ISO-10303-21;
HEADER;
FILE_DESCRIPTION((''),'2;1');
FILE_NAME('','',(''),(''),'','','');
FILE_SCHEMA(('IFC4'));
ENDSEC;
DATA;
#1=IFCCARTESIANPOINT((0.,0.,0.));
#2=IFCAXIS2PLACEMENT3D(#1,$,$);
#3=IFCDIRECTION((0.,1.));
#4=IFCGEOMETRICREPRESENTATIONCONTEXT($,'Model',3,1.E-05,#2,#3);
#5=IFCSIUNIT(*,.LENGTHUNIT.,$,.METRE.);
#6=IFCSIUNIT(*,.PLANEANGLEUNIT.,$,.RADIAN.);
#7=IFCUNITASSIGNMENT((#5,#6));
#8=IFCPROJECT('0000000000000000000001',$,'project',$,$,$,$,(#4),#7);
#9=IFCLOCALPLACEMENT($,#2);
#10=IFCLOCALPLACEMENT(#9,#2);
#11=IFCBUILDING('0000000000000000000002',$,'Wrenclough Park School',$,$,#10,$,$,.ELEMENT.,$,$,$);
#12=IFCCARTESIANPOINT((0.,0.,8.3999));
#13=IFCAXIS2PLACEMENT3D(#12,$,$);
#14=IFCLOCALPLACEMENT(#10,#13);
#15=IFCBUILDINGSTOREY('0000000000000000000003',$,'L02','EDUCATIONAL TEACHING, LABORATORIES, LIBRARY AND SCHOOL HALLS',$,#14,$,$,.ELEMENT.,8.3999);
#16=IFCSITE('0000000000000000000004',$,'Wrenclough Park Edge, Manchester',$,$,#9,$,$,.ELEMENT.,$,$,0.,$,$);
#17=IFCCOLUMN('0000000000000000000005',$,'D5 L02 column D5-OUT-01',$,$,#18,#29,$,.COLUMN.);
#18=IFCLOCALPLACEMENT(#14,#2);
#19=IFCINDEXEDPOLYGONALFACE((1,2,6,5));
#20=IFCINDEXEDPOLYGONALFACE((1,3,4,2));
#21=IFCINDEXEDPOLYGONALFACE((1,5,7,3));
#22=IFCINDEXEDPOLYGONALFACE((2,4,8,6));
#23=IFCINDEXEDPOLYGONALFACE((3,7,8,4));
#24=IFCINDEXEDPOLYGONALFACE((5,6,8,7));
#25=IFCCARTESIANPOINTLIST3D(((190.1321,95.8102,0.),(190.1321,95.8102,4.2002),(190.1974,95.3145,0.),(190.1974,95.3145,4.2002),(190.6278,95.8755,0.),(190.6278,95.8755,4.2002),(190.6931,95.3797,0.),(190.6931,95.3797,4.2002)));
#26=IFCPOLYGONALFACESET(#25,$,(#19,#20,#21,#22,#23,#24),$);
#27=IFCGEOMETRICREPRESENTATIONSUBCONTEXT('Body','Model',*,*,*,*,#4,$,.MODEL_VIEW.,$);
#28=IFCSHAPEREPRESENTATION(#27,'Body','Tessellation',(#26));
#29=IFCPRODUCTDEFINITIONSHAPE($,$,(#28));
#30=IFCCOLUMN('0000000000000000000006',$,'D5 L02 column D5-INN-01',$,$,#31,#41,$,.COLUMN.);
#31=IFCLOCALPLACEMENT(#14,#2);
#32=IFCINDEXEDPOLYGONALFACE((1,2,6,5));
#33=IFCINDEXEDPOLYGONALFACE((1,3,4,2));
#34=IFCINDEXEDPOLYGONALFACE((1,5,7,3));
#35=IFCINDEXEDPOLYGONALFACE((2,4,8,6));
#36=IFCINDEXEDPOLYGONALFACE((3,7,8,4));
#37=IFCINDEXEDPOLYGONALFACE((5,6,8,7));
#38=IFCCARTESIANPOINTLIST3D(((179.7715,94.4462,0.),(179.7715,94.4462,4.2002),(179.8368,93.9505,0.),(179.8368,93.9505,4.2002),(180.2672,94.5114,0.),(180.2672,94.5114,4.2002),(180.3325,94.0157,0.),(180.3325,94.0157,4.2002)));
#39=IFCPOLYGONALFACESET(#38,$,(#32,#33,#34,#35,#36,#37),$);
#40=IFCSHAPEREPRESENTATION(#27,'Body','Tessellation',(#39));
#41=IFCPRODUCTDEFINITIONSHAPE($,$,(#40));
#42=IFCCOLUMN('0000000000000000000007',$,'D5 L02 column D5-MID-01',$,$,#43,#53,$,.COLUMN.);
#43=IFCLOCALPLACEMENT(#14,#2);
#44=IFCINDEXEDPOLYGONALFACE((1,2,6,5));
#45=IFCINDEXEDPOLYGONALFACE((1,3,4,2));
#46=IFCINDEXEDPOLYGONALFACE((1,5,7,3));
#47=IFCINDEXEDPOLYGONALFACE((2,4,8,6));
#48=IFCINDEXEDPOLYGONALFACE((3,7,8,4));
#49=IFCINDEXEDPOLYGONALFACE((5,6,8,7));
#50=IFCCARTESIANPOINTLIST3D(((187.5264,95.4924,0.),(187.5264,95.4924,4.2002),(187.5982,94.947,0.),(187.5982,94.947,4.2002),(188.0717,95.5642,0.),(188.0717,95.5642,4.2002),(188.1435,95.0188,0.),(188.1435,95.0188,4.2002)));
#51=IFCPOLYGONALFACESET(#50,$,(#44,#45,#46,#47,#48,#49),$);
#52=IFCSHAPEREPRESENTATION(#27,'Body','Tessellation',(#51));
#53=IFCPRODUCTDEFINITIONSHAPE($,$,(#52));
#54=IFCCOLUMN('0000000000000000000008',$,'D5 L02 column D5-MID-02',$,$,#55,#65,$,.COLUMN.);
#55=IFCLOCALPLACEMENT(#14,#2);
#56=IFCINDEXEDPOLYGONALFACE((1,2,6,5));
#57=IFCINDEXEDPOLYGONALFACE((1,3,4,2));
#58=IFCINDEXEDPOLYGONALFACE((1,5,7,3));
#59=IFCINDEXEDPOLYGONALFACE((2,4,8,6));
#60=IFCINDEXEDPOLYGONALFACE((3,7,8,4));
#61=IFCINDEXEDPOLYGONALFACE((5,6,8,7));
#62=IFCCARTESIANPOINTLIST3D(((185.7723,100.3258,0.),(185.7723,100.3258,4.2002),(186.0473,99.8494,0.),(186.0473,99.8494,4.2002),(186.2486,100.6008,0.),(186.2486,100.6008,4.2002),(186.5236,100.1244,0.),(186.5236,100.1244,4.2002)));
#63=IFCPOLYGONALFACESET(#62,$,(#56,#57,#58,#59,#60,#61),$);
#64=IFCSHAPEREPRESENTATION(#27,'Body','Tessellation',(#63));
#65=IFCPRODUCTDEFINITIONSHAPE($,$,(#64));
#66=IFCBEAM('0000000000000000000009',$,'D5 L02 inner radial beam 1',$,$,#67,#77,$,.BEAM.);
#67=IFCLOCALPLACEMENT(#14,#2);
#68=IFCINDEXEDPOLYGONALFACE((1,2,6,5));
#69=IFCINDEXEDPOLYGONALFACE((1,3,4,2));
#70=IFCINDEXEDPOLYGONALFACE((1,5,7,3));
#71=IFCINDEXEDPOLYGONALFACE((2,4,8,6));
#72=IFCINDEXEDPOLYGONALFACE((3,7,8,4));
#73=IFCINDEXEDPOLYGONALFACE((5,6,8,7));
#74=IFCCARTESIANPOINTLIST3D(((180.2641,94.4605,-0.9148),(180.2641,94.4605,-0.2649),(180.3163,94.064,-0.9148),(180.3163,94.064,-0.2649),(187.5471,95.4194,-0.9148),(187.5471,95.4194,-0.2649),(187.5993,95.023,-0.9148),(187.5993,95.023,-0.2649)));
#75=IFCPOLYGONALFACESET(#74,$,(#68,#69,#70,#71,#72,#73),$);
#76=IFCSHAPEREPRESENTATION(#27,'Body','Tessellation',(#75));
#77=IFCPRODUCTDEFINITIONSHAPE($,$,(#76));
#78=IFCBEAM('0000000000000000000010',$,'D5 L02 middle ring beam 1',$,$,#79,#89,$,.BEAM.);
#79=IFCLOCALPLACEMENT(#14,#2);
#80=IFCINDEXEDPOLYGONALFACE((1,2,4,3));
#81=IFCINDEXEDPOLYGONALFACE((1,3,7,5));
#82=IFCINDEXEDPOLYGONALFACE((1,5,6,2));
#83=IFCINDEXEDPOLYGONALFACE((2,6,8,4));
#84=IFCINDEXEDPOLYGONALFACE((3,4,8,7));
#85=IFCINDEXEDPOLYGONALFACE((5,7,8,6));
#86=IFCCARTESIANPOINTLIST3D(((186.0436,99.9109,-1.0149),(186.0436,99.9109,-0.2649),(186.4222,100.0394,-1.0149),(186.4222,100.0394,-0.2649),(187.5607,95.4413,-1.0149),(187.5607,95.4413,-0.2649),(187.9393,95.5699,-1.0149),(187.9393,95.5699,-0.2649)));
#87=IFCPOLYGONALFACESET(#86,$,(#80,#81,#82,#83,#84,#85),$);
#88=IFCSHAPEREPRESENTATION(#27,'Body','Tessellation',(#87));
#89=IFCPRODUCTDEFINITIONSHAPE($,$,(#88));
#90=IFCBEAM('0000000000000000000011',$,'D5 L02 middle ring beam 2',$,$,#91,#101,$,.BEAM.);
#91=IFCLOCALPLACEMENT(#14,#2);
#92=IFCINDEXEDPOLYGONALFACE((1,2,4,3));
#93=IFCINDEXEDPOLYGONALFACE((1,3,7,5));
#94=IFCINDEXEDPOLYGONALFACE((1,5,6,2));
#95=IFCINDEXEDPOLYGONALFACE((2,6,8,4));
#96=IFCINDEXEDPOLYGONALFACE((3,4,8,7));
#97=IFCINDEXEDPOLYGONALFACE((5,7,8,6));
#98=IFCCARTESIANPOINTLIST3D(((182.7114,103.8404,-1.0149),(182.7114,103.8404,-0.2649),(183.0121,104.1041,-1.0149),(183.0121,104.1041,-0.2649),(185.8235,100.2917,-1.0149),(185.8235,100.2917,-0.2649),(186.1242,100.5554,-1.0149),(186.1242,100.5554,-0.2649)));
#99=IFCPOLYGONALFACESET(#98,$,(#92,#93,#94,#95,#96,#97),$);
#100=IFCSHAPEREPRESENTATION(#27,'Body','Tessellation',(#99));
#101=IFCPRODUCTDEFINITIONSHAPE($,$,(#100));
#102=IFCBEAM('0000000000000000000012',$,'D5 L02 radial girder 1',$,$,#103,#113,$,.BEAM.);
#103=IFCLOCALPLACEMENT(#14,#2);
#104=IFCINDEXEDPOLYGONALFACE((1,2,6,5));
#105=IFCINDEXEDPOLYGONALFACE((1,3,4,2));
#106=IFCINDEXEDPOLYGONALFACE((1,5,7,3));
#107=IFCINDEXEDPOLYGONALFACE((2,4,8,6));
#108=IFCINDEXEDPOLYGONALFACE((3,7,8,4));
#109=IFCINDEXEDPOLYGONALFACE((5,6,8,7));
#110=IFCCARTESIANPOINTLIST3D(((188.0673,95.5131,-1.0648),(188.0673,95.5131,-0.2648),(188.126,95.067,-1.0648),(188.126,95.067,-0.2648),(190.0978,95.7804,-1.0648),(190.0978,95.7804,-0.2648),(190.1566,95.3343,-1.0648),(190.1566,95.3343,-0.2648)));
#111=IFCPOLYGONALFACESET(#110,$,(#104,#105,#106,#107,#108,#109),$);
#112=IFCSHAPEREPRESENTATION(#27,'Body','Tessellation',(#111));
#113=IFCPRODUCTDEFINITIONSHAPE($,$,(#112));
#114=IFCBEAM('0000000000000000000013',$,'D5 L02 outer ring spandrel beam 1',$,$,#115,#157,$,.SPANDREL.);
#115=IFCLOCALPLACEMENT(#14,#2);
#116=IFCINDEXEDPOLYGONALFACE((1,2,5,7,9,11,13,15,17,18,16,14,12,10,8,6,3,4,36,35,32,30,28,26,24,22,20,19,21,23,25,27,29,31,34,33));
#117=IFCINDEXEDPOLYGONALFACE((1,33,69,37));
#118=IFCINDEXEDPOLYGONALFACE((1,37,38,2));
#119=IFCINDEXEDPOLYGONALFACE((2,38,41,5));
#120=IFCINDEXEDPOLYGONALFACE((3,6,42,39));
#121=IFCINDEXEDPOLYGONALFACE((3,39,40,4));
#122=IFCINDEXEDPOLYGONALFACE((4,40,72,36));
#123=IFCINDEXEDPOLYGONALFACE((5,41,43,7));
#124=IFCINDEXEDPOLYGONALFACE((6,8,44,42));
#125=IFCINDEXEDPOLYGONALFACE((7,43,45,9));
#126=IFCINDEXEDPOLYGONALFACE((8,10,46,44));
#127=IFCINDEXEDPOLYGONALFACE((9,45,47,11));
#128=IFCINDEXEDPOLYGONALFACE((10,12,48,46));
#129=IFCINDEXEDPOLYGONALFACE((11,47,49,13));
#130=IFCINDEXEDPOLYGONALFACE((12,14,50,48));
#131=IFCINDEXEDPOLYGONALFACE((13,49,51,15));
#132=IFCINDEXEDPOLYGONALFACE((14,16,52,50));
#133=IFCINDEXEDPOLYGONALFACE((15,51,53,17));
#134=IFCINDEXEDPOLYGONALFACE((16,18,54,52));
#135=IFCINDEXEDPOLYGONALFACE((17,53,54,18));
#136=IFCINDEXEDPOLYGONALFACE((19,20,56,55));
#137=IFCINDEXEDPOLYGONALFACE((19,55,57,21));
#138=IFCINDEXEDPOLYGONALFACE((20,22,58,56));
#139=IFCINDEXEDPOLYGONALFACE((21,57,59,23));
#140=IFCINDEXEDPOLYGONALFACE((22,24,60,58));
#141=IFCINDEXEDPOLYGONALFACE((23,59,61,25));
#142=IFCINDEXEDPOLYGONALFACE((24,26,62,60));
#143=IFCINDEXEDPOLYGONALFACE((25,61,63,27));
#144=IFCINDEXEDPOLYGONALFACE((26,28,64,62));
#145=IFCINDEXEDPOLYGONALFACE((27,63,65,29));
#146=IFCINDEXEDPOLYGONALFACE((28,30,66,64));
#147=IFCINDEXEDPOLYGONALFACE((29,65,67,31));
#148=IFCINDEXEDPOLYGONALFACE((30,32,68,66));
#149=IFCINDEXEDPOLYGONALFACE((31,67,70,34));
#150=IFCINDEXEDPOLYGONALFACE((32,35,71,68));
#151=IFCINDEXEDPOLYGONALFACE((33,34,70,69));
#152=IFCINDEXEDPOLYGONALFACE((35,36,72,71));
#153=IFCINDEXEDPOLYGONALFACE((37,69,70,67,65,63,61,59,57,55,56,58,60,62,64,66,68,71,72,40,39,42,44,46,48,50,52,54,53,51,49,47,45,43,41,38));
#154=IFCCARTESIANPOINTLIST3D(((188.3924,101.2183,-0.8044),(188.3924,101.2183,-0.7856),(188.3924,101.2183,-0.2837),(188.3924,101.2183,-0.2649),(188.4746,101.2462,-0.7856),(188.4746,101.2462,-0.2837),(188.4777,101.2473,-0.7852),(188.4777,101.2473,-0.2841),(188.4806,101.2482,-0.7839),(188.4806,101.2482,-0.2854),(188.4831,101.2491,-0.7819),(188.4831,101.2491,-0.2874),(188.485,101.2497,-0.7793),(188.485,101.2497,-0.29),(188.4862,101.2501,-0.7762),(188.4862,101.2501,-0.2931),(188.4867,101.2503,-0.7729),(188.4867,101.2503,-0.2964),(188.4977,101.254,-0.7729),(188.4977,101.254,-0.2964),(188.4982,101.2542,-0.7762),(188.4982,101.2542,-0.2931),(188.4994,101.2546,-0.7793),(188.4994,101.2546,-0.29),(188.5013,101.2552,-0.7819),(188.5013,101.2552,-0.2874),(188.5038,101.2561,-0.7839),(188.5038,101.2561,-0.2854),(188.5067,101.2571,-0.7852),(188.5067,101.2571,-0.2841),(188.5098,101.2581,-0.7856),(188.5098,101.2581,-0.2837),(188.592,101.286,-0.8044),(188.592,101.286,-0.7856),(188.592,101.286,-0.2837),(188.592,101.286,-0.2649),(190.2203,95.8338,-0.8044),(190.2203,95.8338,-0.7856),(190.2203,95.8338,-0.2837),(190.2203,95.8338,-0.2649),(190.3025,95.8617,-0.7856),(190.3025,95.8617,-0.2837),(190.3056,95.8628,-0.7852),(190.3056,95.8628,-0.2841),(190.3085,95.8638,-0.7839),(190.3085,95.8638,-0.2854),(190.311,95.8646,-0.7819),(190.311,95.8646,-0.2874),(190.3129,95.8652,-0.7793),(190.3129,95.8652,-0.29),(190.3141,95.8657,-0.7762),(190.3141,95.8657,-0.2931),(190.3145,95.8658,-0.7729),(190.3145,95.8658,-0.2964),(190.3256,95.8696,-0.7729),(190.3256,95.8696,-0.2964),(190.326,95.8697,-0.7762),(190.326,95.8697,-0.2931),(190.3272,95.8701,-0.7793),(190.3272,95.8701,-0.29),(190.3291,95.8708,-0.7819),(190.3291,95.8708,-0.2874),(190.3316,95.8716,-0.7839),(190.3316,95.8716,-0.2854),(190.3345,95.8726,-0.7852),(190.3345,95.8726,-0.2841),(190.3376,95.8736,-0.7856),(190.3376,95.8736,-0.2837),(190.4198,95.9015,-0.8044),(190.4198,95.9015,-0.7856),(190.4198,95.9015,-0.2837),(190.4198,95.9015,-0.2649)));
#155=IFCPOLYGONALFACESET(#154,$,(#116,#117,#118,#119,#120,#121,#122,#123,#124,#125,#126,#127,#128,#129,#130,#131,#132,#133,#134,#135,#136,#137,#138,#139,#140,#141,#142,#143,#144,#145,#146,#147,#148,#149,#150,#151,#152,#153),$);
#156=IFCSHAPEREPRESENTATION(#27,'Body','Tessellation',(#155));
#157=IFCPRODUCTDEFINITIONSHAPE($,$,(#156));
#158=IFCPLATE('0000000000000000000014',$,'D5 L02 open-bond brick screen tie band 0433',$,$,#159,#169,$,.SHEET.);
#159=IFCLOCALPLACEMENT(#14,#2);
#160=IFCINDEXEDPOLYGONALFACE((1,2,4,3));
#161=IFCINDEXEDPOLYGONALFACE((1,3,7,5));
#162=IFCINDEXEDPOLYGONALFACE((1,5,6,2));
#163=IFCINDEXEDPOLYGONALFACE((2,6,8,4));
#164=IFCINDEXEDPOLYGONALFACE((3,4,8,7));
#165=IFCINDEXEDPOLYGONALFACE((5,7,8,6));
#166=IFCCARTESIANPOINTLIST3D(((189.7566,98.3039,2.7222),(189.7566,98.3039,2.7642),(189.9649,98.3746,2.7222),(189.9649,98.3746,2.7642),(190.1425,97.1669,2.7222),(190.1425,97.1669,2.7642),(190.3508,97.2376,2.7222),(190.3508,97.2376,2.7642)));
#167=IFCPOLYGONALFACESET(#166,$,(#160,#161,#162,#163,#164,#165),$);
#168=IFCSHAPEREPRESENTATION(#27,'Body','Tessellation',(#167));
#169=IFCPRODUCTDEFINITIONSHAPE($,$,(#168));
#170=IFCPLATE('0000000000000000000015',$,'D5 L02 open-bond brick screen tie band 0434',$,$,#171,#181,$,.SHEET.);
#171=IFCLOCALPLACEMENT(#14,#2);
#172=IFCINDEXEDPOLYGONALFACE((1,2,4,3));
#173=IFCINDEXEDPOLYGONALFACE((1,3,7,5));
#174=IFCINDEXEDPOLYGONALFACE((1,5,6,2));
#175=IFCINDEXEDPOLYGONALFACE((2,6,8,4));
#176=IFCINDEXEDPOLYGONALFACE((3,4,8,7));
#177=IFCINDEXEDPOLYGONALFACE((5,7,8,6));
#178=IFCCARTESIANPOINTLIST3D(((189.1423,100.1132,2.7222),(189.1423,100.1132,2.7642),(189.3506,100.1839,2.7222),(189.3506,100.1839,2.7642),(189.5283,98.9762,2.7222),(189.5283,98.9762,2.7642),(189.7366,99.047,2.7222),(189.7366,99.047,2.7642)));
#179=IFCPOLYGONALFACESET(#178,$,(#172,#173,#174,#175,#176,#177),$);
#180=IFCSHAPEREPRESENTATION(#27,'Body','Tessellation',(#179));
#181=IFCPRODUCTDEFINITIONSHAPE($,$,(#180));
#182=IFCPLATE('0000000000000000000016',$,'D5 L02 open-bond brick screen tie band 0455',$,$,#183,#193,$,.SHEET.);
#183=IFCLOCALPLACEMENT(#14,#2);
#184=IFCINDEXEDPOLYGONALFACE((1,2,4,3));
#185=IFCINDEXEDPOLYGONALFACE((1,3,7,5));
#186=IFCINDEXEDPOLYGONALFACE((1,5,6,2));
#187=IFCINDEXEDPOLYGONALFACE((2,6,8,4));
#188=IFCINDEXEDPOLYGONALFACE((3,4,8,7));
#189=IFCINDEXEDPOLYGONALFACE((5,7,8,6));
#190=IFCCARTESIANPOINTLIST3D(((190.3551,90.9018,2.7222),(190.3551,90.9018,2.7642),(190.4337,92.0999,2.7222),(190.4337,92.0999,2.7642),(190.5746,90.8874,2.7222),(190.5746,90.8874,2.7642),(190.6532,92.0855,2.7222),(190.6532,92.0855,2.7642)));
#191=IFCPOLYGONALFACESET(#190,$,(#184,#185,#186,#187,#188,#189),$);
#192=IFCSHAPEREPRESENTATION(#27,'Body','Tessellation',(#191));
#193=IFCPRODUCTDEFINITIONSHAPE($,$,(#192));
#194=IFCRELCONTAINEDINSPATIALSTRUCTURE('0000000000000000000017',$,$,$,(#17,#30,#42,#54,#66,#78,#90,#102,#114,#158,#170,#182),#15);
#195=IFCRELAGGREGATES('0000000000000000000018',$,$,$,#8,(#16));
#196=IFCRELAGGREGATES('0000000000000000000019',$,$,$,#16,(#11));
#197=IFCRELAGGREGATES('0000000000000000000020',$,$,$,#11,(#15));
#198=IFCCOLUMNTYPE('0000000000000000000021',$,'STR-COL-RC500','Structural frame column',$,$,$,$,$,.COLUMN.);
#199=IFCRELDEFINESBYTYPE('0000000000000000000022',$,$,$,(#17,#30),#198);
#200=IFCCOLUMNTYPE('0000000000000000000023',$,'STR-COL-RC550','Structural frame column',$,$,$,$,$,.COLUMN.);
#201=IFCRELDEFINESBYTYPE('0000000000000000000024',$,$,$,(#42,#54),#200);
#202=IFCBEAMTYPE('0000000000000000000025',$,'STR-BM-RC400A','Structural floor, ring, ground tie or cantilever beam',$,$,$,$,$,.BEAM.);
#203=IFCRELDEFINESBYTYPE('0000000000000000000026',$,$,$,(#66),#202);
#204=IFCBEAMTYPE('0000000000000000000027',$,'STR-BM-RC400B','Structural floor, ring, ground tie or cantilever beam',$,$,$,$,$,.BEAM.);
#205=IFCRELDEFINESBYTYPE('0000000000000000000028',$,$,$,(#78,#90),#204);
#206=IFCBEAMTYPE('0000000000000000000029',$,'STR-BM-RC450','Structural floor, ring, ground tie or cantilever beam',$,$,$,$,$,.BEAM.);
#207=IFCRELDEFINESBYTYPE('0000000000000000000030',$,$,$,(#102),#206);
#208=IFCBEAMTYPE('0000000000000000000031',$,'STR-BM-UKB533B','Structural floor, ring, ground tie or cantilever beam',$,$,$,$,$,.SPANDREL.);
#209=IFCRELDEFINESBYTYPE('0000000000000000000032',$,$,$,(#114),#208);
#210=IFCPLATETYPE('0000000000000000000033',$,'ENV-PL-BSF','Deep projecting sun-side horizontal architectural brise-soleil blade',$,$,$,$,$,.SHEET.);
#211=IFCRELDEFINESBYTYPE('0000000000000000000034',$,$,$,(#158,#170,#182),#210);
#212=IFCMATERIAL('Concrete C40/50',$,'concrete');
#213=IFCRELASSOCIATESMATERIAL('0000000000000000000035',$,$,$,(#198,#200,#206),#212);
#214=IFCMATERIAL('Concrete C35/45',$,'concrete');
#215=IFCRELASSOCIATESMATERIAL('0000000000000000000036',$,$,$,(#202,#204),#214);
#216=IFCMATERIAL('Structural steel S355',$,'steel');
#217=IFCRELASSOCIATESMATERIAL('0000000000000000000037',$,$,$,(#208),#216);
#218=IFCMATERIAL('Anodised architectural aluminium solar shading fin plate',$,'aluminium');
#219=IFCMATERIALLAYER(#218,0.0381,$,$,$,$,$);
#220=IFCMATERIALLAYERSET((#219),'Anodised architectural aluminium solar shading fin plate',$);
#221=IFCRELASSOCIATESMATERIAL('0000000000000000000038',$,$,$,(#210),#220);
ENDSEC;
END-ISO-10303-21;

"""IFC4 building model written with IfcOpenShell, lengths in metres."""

from ifc_helpers import new_model, si_unit, direction, frame, origin, origin_2d, place, context, subcontext, project, spatial, rectangle, i_section, extrude, material, layer, layer_set, material_profile, profile_set, type_object, element, save


model = new_model("IFC4")

# Units and contexts
model_context = context("Model", 3, precision=1e-05, world=origin(), true_north=direction((0.0, 1.0)))
body_context = subcontext(model_context, "Body", "Model", "MODEL_VIEW")
ifc_project = project(units=[si_unit("LENGTHUNIT", "METRE"), si_unit("PLANEANGLEUNIT", "RADIAN")], contexts=[model_context])

# Site, building, storey
site_placement = place(None, origin())
site = spatial("IfcSite", under=ifc_project, at=site_placement, Name="Wrenclough Park Edge, Manchester", CompositionType="ELEMENT", RefElevation=0.0)
building_placement = place(site_placement, origin())
building = spatial("IfcBuilding", under=site, at=building_placement, Name="Wrenclough Park School", CompositionType="ELEMENT")
storey_placement = place(building_placement, frame((0.0, 0.0, 8.3999)))
storey = spatial("IfcBuildingStorey", under=building, at=storey_placement, Name="L02", Description="EDUCATIONAL TEACHING, LABORATORIES, LIBRARY AND SCHOOL HALLS", CompositionType="ELEMENT", Elevation=8.3999)

# Columns
ifc_material_1 = material(Name="Concrete C40/50", Category="concrete")
ifc_material_profile_1 = material_profile(ifc_material_1, rectangle(XDim=0.5, YDim=0.5, at=origin_2d()), Name="RC COL 500x500")
ifc_profile_set_1 = profile_set([ifc_material_profile_1], Name="Concrete C40/50")
column_type_1 = type_object("IfcColumnType", Name="STR-COL-RC500", Description="Structural frame column", PredefinedType="COLUMN", material=ifc_profile_set_1)
for number, where, z_axis, x_axis, name in (
    (1, (190.4126, 95.595, 0.0), (0.0, 0.0, 1.0), (-0.130526, 0.991445, 0.0), "D5 L02 column D5-OUT-01"),
    (2, (180.052, 94.231, 0.0), (0.0, 0.0, 1.0), (0.991445, 0.130526, 0.0), "D5 L02 column D5-INN-01"),
):
    element("IfcColumn", number, at=place(storey_placement, frame(where, z_axis=z_axis, x_axis=x_axis)), inside=storey, type_object=column_type_1, Name=name, PredefinedType="COLUMN", context=body_context, shape_type="SweptSolid", body=[
        extrude(rectangle(XDim=0.5, YDim=0.5, at=origin_2d()), origin(), (0.0, 0.0, 1.0), 4.2002),
    ])
ifc_material_profile_2 = material_profile(ifc_material_1, rectangle(XDim=0.55, YDim=0.55, at=origin_2d()), Name="RC COL 550x550")
ifc_profile_set_2 = profile_set([ifc_material_profile_2], Name="Concrete C40/50")
column_type_2 = type_object("IfcColumnType", Name="STR-COL-RC550", Description="Structural frame column", PredefinedType="COLUMN", material=ifc_profile_set_2)
for number, where, z_axis, x_axis, name in (
    (3, (187.835, 95.2556, 0.0), (0.0, 0.0, 1.0), (-0.130526, 0.991445, 0.0), "D5 L02 column D5-MID-01"),
    (4, (186.1479, 100.2251, 0.0), (0.0, 0.0, 1.0), (-0.5, 0.866025, 0.0), "D5 L02 column D5-MID-02"),
):
    element("IfcColumn", number, at=place(storey_placement, frame(where, z_axis=z_axis, x_axis=x_axis)), inside=storey, type_object=column_type_2, Name=name, PredefinedType="COLUMN", context=body_context, shape_type="SweptSolid", body=[
        extrude(rectangle(XDim=0.55, YDim=0.55, at=origin_2d()), origin(), (0.0, 0.0, 1.0), 4.2002),
    ])

# Beams
ifc_material_2 = material(Name="Concrete C35/45", Category="concrete")
ifc_material_profile_3 = material_profile(ifc_material_2, rectangle(XDim=0.3999, YDim=0.6499, at=origin_2d()), Name="RC BEAM 400x650")
ifc_profile_set_3 = profile_set([ifc_material_profile_3], Name="Concrete C35/45")
beam_type_1 = type_object("IfcBeamType", Name="STR-BM-RC400A", Description="Structural floor, ring, ground tie or cantilever beam", PredefinedType="BEAM", material=ifc_profile_set_3)
beam_1_placement = place(storey_placement, frame((187.5732, 95.2212, -0.5898), z_axis=(-0.991443, -0.130544, 0.0), x_axis=(0.130544, -0.991443, 0.0)))
element("IfcBeam", 5, at=beam_1_placement, inside=storey, type_object=beam_type_1, Name="D5 L02 inner radial beam 1", PredefinedType="BEAM", context=body_context, shape_type="SweptSolid", body=[
    extrude(rectangle(XDim=0.3999, YDim=0.6499, at=origin_2d()), origin(), (0.0, 0.0, 1.0), 7.3459),
])
ifc_material_profile_4 = material_profile(ifc_material_2, rectangle(XDim=0.3999, YDim=0.75, at=origin_2d()), Name="RC BEAM 400x750")
ifc_profile_set_4 = profile_set([ifc_material_profile_4], Name="Concrete C35/45")
beam_type_2 = type_object("IfcBeamType", Name="STR-BM-RC400B", Description="Structural floor, ring, ground tie or cantilever beam", PredefinedType="BEAM", material=ifc_profile_set_4)
for number, where, z_axis, x_axis, name in (
    (6, (187.75, 95.5056, -0.6399), (-0.321421, 0.946936, 0.0), (-0.946936, -0.321421, 0.0), "D5 L02 middle ring beam 1"),
    (7, (185.9739, 100.4236, -0.6399), (-0.65935, 0.751836, 0.0), (-0.751836, -0.65935, 0.0), "D5 L02 middle ring beam 2"),
):
    element("IfcBeam", number, at=place(storey_placement, frame(where, z_axis=z_axis, x_axis=x_axis)), inside=storey, type_object=beam_type_2, Name=name, PredefinedType="BEAM", context=body_context, shape_type="SweptSolid", body=[
        extrude(rectangle(XDim=0.3999, YDim=0.75, at=origin_2d()), origin(), (0.0, 0.0, 1.0), 4.72),
    ])
ifc_material_profile_5 = material_profile(ifc_material_1, rectangle(XDim=0.45, YDim=0.8, at=origin_2d()), Name="RC BEAM 450x800")
ifc_profile_set_5 = profile_set([ifc_material_profile_5], Name="Concrete C40/50")
beam_type_3 = type_object("IfcBeamType", Name="STR-BM-RC450", Description="Structural floor, ring, ground tie or cantilever beam", PredefinedType="BEAM", material=ifc_profile_set_5)
beam_2_placement = place(storey_placement, frame((190.1272, 95.5574, -0.6648), z_axis=(-0.991444, -0.130532, 0.0), x_axis=(0.130532, -0.991444, 0.0)))
element("IfcBeam", 8, at=beam_2_placement, inside=storey, type_object=beam_type_3, Name="D5 L02 radial girder 1", PredefinedType="BEAM", context=body_context, shape_type="SweptSolid", body=[
    extrude(rectangle(XDim=0.45, YDim=0.8, at=origin_2d()), origin(), (0.0, 0.0, 1.0), 2.0481),
])
ifc_material_3 = material(Name="Structural steel S355", Category="steel")
ifc_material_profile_6 = material_profile(ifc_material_3, i_section(OverallWidth=0.2107, OverallDepth=0.5396, WebThickness=0.0117, FlangeThickness=0.0188, FilletRadius=0.0127, at=origin_2d()), Name="UKB 533x210x109")
ifc_profile_set_6 = profile_set([ifc_material_profile_6], Name="Structural steel S355")
beam_type_4 = type_object("IfcBeamType", Name="STR-BM-UKB533B", Description="Structural floor, ring, ground tie or cantilever beam", PredefinedType="SPANDREL", material=ifc_profile_set_6)
beam_3_placement = place(storey_placement, frame((190.3201, 95.8677, -0.5347), z_axis=(-0.321452, 0.946926, 0.0), x_axis=(-0.946926, -0.321452, 0.0)))
element("IfcBeam", 9, at=beam_3_placement, inside=storey, type_object=beam_type_4, Name="D5 L02 outer ring spandrel beam 1", PredefinedType="SPANDREL", context=body_context, shape_type="SweptSolid", body=[
    extrude(i_section(OverallWidth=0.2107, OverallDepth=0.5396, WebThickness=0.0117, FlangeThickness=0.0188, FilletRadius=0.0127, at=origin_2d()), origin(), (0.0, 0.0, 1.0), 5.6863),
])

# Plates
ifc_material_4 = material(Name="Anodised architectural aluminium solar shading fin plate", Category="aluminium")
ifc_layer_1 = layer(ifc_material_4, 0.0381)
ifc_layer_set_1 = layer_set([ifc_layer_1], Name="Anodised architectural aluminium solar shading fin plate")
plate_type = type_object("IfcPlateType", Name="ENV-PL-BSF", Description="Deep projecting sun-side horizontal architectural brise-soleil blade", PredefinedType="SHEET", material=ifc_layer_set_1)
for number, where, z_axis, x_axis, name in (
    (10, (190.0537, 97.7708, 2.7222), (0.0, 0.0, 1.0), (-0.321441, 0.94693, 0.0), "D5 L02 open-bond brick screen tie band 0433"),
    (11, (189.4395, 99.5801, 2.7222), (0.0, 0.0, 1.0), (-0.321441, 0.94693, 0.0), "D5 L02 open-bond brick screen tie band 0434"),
    (12, (190.5042, 91.4937, 2.7222), (0.0, 0.0, 1.0), (0.065417, 0.997858, 0.0), "D5 L02 open-bond brick screen tie band 0455"),
):
    element("IfcPlate", number, at=place(storey_placement, frame(where, z_axis=z_axis, x_axis=x_axis)), inside=storey, type_object=plate_type, Name=name, PredefinedType="SHEET", context=body_context, shape_type="SweptSolid", body=[
        extrude(rectangle(XDim=1.2007, YDim=0.22, at=origin_2d()), origin(), (0.0, 0.0, 1.0), 0.042),
    ])

save(model, "model.ifc")
